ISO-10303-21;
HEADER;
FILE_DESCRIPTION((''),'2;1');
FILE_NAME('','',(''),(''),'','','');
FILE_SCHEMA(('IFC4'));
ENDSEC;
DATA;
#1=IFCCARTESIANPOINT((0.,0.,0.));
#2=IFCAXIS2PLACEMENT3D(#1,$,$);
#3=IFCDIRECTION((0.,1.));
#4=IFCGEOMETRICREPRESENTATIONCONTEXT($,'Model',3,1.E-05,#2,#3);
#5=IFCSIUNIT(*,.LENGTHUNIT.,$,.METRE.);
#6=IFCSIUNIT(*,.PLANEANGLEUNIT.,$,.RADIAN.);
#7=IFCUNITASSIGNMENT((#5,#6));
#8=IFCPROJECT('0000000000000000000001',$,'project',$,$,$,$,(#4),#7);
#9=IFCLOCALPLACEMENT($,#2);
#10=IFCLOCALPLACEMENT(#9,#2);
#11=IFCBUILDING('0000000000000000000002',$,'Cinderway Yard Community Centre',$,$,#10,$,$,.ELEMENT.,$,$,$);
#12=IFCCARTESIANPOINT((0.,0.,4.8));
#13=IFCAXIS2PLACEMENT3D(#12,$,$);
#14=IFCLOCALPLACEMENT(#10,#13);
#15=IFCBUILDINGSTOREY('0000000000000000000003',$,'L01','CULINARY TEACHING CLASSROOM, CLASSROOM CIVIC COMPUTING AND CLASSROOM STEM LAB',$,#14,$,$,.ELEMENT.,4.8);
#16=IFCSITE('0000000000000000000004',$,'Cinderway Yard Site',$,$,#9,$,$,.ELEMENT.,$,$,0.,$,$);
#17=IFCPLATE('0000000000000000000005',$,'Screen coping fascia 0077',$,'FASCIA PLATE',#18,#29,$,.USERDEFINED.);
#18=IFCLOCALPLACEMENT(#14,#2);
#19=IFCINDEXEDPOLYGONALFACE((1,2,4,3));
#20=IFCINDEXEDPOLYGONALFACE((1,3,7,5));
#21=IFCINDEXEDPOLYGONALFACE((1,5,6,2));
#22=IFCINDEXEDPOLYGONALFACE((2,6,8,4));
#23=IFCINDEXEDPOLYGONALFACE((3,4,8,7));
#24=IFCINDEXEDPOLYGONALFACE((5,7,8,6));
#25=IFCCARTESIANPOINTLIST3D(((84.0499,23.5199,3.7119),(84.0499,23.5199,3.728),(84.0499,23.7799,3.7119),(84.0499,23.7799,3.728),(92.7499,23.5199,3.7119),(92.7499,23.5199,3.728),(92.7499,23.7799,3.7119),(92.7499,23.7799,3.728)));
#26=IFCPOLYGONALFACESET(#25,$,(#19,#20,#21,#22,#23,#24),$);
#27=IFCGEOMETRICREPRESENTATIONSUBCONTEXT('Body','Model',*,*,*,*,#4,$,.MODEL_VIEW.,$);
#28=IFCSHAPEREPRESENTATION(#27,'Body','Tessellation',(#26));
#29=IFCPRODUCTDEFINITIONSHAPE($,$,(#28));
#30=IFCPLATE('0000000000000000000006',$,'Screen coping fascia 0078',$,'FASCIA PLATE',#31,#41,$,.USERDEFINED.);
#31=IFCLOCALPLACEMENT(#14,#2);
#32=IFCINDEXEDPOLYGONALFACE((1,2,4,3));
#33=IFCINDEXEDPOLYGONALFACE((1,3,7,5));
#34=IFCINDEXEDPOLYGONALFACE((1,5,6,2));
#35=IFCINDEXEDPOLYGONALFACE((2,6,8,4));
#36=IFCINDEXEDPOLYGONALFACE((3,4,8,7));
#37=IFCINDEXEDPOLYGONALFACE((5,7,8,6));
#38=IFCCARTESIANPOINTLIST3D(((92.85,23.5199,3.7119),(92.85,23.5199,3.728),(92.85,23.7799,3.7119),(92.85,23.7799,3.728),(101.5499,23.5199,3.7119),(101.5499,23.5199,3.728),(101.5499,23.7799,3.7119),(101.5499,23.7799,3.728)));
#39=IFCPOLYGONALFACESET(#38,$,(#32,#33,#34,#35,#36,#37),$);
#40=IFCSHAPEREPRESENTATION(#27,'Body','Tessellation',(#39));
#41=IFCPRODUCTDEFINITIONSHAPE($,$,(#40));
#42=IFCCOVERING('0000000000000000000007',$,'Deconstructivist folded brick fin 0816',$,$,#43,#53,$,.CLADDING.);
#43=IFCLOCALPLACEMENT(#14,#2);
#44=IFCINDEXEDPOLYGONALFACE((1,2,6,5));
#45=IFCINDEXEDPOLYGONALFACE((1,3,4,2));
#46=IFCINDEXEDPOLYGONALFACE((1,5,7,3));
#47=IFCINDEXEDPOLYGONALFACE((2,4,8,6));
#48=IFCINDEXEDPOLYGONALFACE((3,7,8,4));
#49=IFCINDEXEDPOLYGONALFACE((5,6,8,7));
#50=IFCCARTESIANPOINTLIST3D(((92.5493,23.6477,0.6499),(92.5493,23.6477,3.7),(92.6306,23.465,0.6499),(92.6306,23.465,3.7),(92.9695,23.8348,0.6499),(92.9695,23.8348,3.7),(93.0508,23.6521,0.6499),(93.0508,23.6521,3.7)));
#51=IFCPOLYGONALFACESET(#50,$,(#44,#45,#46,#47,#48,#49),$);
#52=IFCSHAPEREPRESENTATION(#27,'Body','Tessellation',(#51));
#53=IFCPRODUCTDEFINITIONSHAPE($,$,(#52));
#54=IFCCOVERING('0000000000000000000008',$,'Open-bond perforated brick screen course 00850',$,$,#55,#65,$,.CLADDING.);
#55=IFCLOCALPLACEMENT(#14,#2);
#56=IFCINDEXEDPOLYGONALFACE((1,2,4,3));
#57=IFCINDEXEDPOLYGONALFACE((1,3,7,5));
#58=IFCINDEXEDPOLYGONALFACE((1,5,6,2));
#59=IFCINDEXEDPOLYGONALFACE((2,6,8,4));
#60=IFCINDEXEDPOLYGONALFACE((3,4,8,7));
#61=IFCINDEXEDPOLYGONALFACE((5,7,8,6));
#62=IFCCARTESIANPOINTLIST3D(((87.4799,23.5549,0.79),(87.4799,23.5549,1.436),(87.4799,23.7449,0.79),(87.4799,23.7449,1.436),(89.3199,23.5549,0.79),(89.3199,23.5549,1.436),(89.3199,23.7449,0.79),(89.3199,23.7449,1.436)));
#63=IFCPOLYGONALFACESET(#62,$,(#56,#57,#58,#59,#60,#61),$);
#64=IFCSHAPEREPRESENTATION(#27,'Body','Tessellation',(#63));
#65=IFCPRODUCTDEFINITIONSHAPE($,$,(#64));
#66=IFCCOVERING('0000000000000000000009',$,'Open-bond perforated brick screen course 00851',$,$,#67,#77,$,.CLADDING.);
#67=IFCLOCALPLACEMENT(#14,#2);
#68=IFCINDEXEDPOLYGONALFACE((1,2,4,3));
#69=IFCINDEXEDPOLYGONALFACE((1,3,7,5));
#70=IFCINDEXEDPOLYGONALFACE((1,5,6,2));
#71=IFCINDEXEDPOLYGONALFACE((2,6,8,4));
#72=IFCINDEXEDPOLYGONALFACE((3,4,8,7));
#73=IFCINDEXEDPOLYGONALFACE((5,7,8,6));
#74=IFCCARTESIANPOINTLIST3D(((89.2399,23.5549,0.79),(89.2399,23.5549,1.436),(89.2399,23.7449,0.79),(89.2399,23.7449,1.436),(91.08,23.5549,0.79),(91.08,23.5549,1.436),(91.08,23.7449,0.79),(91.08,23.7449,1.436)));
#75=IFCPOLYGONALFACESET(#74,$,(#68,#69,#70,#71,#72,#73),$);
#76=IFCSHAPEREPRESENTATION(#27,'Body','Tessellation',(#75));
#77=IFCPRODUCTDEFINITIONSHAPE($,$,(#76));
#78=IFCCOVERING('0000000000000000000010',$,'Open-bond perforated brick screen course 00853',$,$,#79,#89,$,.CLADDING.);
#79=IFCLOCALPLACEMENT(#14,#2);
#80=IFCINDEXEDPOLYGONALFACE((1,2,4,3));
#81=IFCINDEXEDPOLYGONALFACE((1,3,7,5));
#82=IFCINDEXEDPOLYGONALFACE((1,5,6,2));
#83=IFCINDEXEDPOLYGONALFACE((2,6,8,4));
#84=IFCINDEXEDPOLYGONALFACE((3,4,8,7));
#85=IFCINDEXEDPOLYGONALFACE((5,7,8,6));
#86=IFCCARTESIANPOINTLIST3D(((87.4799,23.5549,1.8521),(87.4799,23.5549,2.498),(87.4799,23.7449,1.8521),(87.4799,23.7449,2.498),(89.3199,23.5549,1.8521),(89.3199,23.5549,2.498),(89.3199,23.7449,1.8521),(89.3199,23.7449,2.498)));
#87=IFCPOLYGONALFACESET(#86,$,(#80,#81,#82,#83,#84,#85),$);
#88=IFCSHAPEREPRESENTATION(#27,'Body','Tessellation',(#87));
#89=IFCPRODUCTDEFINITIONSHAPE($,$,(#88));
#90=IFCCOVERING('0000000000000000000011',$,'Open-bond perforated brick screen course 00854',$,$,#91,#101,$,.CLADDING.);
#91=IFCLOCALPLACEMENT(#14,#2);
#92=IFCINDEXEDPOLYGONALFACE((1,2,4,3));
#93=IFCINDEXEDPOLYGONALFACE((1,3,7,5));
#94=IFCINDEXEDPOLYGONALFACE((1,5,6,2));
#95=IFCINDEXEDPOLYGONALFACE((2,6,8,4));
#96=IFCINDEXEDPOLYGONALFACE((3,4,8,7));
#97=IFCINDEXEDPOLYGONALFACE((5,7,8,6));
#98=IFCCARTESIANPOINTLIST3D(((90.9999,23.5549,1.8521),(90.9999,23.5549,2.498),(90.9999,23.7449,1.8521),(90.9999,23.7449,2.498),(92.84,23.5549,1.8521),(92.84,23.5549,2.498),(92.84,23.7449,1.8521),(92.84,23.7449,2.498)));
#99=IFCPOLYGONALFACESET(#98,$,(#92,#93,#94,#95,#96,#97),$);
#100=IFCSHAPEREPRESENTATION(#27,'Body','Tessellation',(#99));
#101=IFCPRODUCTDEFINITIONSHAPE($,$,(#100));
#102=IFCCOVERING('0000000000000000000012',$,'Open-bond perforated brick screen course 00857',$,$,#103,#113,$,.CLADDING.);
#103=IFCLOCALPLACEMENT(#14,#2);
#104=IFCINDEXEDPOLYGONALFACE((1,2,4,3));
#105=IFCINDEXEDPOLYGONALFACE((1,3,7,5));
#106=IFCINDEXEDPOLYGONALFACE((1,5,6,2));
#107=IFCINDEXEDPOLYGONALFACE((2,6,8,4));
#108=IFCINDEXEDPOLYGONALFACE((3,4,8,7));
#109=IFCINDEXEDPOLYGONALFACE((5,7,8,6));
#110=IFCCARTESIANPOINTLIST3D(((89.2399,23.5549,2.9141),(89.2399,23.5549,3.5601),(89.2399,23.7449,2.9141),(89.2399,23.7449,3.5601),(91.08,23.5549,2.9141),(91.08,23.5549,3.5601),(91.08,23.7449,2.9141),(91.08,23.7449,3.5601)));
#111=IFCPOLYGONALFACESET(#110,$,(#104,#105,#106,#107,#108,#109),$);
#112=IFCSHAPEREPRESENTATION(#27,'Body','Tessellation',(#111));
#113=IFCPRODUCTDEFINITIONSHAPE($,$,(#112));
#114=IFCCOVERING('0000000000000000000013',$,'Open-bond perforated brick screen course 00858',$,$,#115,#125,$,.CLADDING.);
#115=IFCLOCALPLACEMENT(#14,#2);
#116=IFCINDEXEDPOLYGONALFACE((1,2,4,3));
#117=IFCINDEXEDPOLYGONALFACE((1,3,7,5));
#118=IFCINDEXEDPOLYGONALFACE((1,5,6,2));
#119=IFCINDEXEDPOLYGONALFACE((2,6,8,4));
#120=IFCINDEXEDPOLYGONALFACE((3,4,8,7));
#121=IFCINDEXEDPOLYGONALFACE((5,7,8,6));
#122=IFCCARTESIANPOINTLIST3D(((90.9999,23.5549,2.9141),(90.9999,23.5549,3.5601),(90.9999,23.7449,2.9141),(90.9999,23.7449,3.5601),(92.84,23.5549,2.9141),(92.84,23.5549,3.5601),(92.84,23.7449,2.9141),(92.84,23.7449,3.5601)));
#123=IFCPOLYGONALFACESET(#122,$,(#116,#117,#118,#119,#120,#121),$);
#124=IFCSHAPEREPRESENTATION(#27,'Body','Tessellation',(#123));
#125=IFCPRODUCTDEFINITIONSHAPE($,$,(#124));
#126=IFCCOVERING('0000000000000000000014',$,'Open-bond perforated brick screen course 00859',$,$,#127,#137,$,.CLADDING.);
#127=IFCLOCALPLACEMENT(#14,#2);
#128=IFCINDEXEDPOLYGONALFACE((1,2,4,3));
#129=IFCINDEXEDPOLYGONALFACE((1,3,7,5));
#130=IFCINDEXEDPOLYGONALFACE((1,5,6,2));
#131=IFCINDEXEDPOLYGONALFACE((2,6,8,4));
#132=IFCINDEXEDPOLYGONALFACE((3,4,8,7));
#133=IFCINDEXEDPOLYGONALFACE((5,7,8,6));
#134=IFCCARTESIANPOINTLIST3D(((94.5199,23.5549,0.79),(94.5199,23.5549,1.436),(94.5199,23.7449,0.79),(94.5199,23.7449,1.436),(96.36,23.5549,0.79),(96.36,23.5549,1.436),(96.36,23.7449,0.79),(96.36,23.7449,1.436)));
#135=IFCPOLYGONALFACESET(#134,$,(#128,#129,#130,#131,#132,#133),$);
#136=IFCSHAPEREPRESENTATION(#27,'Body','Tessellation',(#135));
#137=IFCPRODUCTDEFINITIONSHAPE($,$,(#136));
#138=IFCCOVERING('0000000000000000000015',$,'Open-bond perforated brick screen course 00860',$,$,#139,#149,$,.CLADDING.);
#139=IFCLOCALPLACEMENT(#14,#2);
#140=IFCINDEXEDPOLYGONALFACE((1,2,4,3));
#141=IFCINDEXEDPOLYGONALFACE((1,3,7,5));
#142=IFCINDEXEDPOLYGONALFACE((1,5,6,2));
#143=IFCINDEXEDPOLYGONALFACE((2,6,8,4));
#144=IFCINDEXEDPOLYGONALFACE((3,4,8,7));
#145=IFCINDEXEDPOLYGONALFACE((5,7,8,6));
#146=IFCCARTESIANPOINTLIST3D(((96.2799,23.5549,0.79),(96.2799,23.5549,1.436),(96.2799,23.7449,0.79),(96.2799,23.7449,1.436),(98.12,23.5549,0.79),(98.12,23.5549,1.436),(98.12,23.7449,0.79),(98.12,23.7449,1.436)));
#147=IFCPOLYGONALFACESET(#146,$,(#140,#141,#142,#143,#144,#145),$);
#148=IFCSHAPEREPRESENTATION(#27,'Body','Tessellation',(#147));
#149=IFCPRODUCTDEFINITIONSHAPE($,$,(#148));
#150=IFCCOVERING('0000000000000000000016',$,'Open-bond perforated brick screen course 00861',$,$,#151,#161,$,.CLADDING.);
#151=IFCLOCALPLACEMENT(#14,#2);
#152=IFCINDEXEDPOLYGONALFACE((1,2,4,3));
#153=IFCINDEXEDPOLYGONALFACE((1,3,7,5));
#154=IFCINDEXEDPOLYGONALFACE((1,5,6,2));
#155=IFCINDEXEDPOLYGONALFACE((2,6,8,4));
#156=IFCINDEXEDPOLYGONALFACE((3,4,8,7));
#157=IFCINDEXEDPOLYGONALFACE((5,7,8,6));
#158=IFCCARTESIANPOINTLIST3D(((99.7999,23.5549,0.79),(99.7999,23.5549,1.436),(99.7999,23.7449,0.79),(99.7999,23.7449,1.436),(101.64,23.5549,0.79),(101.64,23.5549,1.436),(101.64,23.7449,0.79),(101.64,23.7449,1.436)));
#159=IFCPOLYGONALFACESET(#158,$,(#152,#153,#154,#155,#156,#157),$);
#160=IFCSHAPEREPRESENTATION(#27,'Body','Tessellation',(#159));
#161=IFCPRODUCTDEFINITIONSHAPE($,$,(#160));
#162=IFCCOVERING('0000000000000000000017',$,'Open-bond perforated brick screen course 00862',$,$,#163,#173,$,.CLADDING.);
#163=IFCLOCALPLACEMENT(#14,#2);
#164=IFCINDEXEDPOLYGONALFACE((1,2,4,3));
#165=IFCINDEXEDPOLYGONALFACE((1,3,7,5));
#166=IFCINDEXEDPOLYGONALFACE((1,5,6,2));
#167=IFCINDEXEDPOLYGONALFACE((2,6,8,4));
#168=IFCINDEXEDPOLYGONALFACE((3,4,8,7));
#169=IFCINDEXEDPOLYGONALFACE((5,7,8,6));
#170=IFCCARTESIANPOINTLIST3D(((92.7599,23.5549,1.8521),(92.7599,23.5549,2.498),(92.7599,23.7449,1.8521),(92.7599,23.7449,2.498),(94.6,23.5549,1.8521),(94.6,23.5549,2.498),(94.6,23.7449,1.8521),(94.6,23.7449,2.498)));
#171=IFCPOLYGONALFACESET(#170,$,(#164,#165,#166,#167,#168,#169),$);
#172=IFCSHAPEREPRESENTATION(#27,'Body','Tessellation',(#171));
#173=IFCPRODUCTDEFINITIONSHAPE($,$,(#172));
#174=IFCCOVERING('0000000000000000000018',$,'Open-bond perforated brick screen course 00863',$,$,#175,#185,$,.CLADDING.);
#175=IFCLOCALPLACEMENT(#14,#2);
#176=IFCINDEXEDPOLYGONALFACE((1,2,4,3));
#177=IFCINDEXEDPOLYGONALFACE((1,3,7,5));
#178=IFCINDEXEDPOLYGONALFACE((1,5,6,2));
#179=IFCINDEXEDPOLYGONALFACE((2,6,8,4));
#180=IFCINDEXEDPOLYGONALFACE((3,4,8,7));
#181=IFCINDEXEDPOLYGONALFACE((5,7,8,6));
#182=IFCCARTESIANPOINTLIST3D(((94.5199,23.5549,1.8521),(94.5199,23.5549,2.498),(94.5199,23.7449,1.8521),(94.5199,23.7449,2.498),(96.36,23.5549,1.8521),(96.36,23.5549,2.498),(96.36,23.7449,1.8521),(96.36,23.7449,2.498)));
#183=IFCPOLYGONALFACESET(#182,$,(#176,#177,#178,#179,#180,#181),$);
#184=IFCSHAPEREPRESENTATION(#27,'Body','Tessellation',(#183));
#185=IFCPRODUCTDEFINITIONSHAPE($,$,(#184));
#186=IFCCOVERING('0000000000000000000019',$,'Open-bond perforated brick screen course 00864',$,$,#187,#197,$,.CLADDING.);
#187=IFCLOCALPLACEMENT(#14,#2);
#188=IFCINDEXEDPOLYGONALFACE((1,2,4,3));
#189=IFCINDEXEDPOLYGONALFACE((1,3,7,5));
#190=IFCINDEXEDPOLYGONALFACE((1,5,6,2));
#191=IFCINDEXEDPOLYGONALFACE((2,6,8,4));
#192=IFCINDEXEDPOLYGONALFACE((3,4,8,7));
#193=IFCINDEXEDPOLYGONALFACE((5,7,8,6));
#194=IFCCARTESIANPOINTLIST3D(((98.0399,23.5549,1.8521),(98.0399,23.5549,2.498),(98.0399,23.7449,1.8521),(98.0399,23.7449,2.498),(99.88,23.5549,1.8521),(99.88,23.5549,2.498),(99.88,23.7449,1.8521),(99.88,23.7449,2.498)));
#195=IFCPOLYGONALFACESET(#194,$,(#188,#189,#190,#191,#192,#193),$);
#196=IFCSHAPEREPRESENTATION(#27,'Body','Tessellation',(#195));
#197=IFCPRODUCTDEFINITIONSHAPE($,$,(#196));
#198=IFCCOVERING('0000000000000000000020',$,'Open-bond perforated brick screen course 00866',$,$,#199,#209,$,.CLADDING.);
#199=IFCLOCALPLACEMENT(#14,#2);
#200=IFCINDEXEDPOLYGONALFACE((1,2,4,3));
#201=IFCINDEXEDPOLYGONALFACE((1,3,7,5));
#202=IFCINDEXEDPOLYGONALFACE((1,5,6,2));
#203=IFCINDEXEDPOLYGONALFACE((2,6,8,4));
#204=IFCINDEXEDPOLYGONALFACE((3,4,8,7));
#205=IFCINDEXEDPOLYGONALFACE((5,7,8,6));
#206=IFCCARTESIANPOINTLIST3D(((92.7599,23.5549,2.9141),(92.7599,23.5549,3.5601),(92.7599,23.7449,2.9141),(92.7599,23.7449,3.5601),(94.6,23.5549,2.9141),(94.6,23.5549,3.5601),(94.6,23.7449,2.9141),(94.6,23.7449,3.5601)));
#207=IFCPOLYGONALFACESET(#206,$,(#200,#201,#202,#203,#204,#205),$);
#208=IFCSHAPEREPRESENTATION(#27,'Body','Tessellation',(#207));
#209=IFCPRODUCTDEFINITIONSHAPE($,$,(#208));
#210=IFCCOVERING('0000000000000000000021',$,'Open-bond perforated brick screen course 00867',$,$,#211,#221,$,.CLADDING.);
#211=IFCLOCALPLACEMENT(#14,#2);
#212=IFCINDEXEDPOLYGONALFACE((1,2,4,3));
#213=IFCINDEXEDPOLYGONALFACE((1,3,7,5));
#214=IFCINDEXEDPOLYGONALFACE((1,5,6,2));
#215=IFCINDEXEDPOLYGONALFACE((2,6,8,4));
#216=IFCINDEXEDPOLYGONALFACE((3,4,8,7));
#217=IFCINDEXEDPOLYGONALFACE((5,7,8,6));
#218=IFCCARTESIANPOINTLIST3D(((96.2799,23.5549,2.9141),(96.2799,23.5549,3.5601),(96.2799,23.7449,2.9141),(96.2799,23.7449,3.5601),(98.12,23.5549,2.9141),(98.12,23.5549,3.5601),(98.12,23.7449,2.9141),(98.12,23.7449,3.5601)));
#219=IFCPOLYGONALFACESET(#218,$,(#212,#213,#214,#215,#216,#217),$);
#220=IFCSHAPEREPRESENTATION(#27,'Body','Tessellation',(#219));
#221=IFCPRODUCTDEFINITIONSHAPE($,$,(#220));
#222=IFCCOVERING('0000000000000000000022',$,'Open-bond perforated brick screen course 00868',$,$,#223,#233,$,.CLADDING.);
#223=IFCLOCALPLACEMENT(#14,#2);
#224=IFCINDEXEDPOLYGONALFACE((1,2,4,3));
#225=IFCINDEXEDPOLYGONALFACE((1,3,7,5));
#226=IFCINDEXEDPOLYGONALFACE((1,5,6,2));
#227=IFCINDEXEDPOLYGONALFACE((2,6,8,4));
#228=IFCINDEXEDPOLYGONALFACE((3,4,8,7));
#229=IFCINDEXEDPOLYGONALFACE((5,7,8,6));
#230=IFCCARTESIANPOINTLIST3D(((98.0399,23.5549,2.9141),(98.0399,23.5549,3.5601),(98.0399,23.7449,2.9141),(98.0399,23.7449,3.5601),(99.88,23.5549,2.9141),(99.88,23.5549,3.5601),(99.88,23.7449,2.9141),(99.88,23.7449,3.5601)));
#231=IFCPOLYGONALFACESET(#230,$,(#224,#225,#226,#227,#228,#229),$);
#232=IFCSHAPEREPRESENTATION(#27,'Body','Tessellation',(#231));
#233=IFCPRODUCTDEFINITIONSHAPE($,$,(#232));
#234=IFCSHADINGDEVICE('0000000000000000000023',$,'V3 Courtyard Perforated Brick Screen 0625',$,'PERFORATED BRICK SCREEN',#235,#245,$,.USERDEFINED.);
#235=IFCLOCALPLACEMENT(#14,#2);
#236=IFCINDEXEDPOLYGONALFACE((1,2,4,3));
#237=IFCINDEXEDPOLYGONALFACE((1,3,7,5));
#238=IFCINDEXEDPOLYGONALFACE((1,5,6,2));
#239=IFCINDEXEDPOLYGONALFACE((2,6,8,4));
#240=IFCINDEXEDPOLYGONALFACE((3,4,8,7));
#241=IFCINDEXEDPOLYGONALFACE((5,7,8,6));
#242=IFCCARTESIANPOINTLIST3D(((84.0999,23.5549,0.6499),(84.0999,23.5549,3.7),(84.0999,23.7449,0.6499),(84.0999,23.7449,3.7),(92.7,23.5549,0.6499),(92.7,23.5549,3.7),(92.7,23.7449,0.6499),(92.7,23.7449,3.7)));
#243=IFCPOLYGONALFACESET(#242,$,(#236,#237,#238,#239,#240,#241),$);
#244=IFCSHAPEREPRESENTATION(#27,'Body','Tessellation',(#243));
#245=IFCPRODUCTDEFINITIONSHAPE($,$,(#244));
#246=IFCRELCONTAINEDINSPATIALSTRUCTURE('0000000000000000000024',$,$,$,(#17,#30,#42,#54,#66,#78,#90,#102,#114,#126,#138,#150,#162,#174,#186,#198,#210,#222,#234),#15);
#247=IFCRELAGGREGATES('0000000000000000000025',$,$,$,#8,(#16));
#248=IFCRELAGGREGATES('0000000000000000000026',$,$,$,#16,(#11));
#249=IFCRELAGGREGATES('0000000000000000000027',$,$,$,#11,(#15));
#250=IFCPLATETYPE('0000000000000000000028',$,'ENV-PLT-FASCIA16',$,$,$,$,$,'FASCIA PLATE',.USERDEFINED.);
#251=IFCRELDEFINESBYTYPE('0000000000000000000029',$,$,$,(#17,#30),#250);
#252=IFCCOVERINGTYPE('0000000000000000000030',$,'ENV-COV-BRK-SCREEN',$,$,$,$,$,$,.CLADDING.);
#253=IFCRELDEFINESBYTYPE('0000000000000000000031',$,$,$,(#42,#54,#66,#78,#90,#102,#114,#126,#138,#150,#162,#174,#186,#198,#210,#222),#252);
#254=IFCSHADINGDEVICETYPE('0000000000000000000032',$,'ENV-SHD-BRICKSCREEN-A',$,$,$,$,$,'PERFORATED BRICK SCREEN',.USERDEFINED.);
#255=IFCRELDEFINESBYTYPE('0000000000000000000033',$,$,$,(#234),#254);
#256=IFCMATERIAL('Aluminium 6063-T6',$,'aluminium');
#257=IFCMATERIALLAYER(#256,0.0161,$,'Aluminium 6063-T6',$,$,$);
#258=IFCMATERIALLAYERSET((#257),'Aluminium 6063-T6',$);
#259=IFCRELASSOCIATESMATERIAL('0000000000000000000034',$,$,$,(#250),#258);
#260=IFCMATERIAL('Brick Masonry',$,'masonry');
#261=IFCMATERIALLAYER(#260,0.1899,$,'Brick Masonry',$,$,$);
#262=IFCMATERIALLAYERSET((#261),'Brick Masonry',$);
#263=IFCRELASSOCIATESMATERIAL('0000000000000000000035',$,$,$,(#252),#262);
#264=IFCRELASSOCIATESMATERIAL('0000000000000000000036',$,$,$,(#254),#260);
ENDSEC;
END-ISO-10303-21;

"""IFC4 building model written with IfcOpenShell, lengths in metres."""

from ifc_helpers import new_model, si_unit, direction, frame, origin, origin_2d, place, context, subcontext, project, spatial, rectangle, extrude, material, layer, layer_set, type_object, element, save


model = new_model("IFC4")

# Units and contexts
model_context = context("Model", 3, precision=1e-05, world=origin(), true_north=direction((0.0, 1.0)))
body_context = subcontext(model_context, "Body", "Model", "MODEL_VIEW")
ifc_project = project(units=[si_unit("LENGTHUNIT", "METRE"), si_unit("PLANEANGLEUNIT", "RADIAN")], contexts=[model_context])

# Site, building, storey
site_placement = place(None, origin())
site = spatial("IfcSite", under=ifc_project, at=site_placement, Name="Cinderway Yard Site", CompositionType="ELEMENT", RefElevation=0.0)
building_placement = place(site_placement, origin())
building = spatial("IfcBuilding", under=site, at=building_placement, Name="Cinderway Yard Community Centre", CompositionType="ELEMENT")
storey_placement = place(building_placement, frame((0.0, 0.0, 4.8)))
storey = spatial("IfcBuildingStorey", under=building, at=storey_placement, Name="L01", Description="CULINARY TEACHING CLASSROOM, CLASSROOM CIVIC COMPUTING AND CLASSROOM STEM LAB", CompositionType="ELEMENT", Elevation=4.8)

# Plates
ifc_material_1 = material(Name="Aluminium 6063-T6", Category="aluminium")
ifc_layer_1 = layer(ifc_material_1, 0.0161, Name="Aluminium 6063-T6")
ifc_layer_set_1 = layer_set([ifc_layer_1], Name="Aluminium 6063-T6")
plate_type = type_object("IfcPlateType", Name="ENV-PLT-FASCIA16", ElementType="FASCIA PLATE", PredefinedType="USERDEFINED", material=ifc_layer_set_1)
for number, where, z_axis, x_axis, name in (
    (1, (88.3999, 23.6499, 3.7119), (0.0, 0.0, 1.0), (1.0, 0.0, 0.0), "Screen coping fascia 0077"),
    (2, (97.2, 23.6499, 3.7119), (0.0, 0.0, 1.0), (1.0, 0.0, 0.0), "Screen coping fascia 0078"),
):
    element("IfcPlate", number, at=place(storey_placement, frame(where, z_axis=z_axis, x_axis=x_axis)), inside=storey, type_object=plate_type, Name=name, ObjectType="FASCIA PLATE", PredefinedType="USERDEFINED", context=body_context, shape_type="SweptSolid", body=[
        extrude(rectangle(XDim=8.7, YDim=0.26, at=origin_2d()), origin(), (0.0, 0.0, 1.0), 0.0161),
    ])

# Coverings
ifc_material_2 = material(Name="Brick Masonry", Category="masonry")
ifc_layer_2 = layer(ifc_material_2, 0.1899, Name="Brick Masonry")
ifc_layer_set_2 = layer_set([ifc_layer_2], Name="Brick Masonry")
covering_type = type_object("IfcCoveringType", Name="ENV-COV-BRK-SCREEN", PredefinedType="CLADDING", material=ifc_layer_set_2)
covering_placement = place(storey_placement, frame((92.8, 23.6499, 0.6499), z_axis=(0.0, 0.0, 1.0), x_axis=(0.913545, 0.406737, 0.0)))
element("IfcCovering", 3, at=covering_placement, inside=storey, type_object=covering_type, Name="Deconstructivist folded brick fin 0816", PredefinedType="CLADDING", context=body_context, shape_type="SweptSolid", body=[
    extrude(rectangle(XDim=0.46, YDim=0.2, at=origin_2d()), origin(), (0.0, 0.0, 1.0), 3.05),
])
for number, where, z_axis, x_axis, name in (
    (4, (88.3999, 23.6499, 0.79), (0.0, 0.0, 1.0), (1.0, 0.0, 0.0), "Open-bond perforated brick screen course 00850"),
    (5, (90.1599, 23.6499, 0.79), (0.0, 0.0, 1.0), (1.0, 0.0, 0.0), "Open-bond perforated brick screen course 00851"),
    (6, (88.3999, 23.6499, 1.8521), (0.0, 0.0, 1.0), (1.0, 0.0, 0.0), "Open-bond perforated brick screen course 00853"),
    (7, (91.9199, 23.6499, 1.8521), (0.0, 0.0, 1.0), (1.0, 0.0, 0.0), "Open-bond perforated brick screen course 00854"),
    (8, (90.1599, 23.6499, 2.9141), (0.0, 0.0, 1.0), (1.0, 0.0, 0.0), "Open-bond perforated brick screen course 00857"),
    (9, (91.9199, 23.6499, 2.9141), (0.0, 0.0, 1.0), (1.0, 0.0, 0.0), "Open-bond perforated brick screen course 00858"),
    (10, (95.4399, 23.6499, 0.79), (0.0, 0.0, 1.0), (1.0, 0.0, 0.0), "Open-bond perforated brick screen course 00859"),
    (11, (97.2, 23.6499, 0.79), (0.0, 0.0, 1.0), (1.0, 0.0, 0.0), "Open-bond perforated brick screen course 00860"),
    (12, (100.72, 23.6499, 0.79), (0.0, 0.0, 1.0), (1.0, 0.0, 0.0), "Open-bond perforated brick screen course 00861"),
    (13, (93.6799, 23.6499, 1.8521), (0.0, 0.0, 1.0), (1.0, 0.0, 0.0), "Open-bond perforated brick screen course 00862"),
    (14, (95.4399, 23.6499, 1.8521), (0.0, 0.0, 1.0), (1.0, 0.0, 0.0), "Open-bond perforated brick screen course 00863"),
    (15, (98.96, 23.6499, 1.8521), (0.0, 0.0, 1.0), (1.0, 0.0, 0.0), "Open-bond perforated brick screen course 00864"),
    (16, (93.6799, 23.6499, 2.9141), (0.0, 0.0, 1.0), (1.0, 0.0, 0.0), "Open-bond perforated brick screen course 00866"),
    (17, (97.2, 23.6499, 2.9141), (0.0, 0.0, 1.0), (1.0, 0.0, 0.0), "Open-bond perforated brick screen course 00867"),
    (18, (98.96, 23.6499, 2.9141), (0.0, 0.0, 1.0), (1.0, 0.0, 0.0), "Open-bond perforated brick screen course 00868"),
):
    element("IfcCovering", number, at=place(storey_placement, frame(where, z_axis=z_axis, x_axis=x_axis)), inside=storey, type_object=covering_type, Name=name, PredefinedType="CLADDING", context=body_context, shape_type="SweptSolid", body=[
        extrude(rectangle(XDim=1.8401, YDim=0.1899, at=origin_2d()), origin(), (0.0, 0.0, 1.0), 0.646),
    ])

# Shading device
shading_device_type = type_object("IfcShadingDeviceType", Name="ENV-SHD-BRICKSCREEN-A", ElementType="PERFORATED BRICK SCREEN", PredefinedType="USERDEFINED", material=ifc_material_2)
for number, where, z_axis, x_axis, name in (
    (19, (88.3999, 23.6499, 0.6499), (0.0, 0.0, 1.0), (1.0, 0.0, 0.0), "V3 Courtyard Perforated Brick Screen 0625"),
):
    element("IfcShadingDevice", number, at=place(storey_placement, frame(where, z_axis=z_axis, x_axis=x_axis)), inside=storey, type_object=shading_device_type, Name=name, ObjectType="PERFORATED BRICK SCREEN", PredefinedType="USERDEFINED", context=body_context, shape_type="SweptSolid", body=[
        extrude(rectangle(XDim=8.6001, YDim=0.1899, at=origin_2d()), origin(), (0.0, 0.0, 1.0), 3.05),
    ])

save(model, "model.ifc")
